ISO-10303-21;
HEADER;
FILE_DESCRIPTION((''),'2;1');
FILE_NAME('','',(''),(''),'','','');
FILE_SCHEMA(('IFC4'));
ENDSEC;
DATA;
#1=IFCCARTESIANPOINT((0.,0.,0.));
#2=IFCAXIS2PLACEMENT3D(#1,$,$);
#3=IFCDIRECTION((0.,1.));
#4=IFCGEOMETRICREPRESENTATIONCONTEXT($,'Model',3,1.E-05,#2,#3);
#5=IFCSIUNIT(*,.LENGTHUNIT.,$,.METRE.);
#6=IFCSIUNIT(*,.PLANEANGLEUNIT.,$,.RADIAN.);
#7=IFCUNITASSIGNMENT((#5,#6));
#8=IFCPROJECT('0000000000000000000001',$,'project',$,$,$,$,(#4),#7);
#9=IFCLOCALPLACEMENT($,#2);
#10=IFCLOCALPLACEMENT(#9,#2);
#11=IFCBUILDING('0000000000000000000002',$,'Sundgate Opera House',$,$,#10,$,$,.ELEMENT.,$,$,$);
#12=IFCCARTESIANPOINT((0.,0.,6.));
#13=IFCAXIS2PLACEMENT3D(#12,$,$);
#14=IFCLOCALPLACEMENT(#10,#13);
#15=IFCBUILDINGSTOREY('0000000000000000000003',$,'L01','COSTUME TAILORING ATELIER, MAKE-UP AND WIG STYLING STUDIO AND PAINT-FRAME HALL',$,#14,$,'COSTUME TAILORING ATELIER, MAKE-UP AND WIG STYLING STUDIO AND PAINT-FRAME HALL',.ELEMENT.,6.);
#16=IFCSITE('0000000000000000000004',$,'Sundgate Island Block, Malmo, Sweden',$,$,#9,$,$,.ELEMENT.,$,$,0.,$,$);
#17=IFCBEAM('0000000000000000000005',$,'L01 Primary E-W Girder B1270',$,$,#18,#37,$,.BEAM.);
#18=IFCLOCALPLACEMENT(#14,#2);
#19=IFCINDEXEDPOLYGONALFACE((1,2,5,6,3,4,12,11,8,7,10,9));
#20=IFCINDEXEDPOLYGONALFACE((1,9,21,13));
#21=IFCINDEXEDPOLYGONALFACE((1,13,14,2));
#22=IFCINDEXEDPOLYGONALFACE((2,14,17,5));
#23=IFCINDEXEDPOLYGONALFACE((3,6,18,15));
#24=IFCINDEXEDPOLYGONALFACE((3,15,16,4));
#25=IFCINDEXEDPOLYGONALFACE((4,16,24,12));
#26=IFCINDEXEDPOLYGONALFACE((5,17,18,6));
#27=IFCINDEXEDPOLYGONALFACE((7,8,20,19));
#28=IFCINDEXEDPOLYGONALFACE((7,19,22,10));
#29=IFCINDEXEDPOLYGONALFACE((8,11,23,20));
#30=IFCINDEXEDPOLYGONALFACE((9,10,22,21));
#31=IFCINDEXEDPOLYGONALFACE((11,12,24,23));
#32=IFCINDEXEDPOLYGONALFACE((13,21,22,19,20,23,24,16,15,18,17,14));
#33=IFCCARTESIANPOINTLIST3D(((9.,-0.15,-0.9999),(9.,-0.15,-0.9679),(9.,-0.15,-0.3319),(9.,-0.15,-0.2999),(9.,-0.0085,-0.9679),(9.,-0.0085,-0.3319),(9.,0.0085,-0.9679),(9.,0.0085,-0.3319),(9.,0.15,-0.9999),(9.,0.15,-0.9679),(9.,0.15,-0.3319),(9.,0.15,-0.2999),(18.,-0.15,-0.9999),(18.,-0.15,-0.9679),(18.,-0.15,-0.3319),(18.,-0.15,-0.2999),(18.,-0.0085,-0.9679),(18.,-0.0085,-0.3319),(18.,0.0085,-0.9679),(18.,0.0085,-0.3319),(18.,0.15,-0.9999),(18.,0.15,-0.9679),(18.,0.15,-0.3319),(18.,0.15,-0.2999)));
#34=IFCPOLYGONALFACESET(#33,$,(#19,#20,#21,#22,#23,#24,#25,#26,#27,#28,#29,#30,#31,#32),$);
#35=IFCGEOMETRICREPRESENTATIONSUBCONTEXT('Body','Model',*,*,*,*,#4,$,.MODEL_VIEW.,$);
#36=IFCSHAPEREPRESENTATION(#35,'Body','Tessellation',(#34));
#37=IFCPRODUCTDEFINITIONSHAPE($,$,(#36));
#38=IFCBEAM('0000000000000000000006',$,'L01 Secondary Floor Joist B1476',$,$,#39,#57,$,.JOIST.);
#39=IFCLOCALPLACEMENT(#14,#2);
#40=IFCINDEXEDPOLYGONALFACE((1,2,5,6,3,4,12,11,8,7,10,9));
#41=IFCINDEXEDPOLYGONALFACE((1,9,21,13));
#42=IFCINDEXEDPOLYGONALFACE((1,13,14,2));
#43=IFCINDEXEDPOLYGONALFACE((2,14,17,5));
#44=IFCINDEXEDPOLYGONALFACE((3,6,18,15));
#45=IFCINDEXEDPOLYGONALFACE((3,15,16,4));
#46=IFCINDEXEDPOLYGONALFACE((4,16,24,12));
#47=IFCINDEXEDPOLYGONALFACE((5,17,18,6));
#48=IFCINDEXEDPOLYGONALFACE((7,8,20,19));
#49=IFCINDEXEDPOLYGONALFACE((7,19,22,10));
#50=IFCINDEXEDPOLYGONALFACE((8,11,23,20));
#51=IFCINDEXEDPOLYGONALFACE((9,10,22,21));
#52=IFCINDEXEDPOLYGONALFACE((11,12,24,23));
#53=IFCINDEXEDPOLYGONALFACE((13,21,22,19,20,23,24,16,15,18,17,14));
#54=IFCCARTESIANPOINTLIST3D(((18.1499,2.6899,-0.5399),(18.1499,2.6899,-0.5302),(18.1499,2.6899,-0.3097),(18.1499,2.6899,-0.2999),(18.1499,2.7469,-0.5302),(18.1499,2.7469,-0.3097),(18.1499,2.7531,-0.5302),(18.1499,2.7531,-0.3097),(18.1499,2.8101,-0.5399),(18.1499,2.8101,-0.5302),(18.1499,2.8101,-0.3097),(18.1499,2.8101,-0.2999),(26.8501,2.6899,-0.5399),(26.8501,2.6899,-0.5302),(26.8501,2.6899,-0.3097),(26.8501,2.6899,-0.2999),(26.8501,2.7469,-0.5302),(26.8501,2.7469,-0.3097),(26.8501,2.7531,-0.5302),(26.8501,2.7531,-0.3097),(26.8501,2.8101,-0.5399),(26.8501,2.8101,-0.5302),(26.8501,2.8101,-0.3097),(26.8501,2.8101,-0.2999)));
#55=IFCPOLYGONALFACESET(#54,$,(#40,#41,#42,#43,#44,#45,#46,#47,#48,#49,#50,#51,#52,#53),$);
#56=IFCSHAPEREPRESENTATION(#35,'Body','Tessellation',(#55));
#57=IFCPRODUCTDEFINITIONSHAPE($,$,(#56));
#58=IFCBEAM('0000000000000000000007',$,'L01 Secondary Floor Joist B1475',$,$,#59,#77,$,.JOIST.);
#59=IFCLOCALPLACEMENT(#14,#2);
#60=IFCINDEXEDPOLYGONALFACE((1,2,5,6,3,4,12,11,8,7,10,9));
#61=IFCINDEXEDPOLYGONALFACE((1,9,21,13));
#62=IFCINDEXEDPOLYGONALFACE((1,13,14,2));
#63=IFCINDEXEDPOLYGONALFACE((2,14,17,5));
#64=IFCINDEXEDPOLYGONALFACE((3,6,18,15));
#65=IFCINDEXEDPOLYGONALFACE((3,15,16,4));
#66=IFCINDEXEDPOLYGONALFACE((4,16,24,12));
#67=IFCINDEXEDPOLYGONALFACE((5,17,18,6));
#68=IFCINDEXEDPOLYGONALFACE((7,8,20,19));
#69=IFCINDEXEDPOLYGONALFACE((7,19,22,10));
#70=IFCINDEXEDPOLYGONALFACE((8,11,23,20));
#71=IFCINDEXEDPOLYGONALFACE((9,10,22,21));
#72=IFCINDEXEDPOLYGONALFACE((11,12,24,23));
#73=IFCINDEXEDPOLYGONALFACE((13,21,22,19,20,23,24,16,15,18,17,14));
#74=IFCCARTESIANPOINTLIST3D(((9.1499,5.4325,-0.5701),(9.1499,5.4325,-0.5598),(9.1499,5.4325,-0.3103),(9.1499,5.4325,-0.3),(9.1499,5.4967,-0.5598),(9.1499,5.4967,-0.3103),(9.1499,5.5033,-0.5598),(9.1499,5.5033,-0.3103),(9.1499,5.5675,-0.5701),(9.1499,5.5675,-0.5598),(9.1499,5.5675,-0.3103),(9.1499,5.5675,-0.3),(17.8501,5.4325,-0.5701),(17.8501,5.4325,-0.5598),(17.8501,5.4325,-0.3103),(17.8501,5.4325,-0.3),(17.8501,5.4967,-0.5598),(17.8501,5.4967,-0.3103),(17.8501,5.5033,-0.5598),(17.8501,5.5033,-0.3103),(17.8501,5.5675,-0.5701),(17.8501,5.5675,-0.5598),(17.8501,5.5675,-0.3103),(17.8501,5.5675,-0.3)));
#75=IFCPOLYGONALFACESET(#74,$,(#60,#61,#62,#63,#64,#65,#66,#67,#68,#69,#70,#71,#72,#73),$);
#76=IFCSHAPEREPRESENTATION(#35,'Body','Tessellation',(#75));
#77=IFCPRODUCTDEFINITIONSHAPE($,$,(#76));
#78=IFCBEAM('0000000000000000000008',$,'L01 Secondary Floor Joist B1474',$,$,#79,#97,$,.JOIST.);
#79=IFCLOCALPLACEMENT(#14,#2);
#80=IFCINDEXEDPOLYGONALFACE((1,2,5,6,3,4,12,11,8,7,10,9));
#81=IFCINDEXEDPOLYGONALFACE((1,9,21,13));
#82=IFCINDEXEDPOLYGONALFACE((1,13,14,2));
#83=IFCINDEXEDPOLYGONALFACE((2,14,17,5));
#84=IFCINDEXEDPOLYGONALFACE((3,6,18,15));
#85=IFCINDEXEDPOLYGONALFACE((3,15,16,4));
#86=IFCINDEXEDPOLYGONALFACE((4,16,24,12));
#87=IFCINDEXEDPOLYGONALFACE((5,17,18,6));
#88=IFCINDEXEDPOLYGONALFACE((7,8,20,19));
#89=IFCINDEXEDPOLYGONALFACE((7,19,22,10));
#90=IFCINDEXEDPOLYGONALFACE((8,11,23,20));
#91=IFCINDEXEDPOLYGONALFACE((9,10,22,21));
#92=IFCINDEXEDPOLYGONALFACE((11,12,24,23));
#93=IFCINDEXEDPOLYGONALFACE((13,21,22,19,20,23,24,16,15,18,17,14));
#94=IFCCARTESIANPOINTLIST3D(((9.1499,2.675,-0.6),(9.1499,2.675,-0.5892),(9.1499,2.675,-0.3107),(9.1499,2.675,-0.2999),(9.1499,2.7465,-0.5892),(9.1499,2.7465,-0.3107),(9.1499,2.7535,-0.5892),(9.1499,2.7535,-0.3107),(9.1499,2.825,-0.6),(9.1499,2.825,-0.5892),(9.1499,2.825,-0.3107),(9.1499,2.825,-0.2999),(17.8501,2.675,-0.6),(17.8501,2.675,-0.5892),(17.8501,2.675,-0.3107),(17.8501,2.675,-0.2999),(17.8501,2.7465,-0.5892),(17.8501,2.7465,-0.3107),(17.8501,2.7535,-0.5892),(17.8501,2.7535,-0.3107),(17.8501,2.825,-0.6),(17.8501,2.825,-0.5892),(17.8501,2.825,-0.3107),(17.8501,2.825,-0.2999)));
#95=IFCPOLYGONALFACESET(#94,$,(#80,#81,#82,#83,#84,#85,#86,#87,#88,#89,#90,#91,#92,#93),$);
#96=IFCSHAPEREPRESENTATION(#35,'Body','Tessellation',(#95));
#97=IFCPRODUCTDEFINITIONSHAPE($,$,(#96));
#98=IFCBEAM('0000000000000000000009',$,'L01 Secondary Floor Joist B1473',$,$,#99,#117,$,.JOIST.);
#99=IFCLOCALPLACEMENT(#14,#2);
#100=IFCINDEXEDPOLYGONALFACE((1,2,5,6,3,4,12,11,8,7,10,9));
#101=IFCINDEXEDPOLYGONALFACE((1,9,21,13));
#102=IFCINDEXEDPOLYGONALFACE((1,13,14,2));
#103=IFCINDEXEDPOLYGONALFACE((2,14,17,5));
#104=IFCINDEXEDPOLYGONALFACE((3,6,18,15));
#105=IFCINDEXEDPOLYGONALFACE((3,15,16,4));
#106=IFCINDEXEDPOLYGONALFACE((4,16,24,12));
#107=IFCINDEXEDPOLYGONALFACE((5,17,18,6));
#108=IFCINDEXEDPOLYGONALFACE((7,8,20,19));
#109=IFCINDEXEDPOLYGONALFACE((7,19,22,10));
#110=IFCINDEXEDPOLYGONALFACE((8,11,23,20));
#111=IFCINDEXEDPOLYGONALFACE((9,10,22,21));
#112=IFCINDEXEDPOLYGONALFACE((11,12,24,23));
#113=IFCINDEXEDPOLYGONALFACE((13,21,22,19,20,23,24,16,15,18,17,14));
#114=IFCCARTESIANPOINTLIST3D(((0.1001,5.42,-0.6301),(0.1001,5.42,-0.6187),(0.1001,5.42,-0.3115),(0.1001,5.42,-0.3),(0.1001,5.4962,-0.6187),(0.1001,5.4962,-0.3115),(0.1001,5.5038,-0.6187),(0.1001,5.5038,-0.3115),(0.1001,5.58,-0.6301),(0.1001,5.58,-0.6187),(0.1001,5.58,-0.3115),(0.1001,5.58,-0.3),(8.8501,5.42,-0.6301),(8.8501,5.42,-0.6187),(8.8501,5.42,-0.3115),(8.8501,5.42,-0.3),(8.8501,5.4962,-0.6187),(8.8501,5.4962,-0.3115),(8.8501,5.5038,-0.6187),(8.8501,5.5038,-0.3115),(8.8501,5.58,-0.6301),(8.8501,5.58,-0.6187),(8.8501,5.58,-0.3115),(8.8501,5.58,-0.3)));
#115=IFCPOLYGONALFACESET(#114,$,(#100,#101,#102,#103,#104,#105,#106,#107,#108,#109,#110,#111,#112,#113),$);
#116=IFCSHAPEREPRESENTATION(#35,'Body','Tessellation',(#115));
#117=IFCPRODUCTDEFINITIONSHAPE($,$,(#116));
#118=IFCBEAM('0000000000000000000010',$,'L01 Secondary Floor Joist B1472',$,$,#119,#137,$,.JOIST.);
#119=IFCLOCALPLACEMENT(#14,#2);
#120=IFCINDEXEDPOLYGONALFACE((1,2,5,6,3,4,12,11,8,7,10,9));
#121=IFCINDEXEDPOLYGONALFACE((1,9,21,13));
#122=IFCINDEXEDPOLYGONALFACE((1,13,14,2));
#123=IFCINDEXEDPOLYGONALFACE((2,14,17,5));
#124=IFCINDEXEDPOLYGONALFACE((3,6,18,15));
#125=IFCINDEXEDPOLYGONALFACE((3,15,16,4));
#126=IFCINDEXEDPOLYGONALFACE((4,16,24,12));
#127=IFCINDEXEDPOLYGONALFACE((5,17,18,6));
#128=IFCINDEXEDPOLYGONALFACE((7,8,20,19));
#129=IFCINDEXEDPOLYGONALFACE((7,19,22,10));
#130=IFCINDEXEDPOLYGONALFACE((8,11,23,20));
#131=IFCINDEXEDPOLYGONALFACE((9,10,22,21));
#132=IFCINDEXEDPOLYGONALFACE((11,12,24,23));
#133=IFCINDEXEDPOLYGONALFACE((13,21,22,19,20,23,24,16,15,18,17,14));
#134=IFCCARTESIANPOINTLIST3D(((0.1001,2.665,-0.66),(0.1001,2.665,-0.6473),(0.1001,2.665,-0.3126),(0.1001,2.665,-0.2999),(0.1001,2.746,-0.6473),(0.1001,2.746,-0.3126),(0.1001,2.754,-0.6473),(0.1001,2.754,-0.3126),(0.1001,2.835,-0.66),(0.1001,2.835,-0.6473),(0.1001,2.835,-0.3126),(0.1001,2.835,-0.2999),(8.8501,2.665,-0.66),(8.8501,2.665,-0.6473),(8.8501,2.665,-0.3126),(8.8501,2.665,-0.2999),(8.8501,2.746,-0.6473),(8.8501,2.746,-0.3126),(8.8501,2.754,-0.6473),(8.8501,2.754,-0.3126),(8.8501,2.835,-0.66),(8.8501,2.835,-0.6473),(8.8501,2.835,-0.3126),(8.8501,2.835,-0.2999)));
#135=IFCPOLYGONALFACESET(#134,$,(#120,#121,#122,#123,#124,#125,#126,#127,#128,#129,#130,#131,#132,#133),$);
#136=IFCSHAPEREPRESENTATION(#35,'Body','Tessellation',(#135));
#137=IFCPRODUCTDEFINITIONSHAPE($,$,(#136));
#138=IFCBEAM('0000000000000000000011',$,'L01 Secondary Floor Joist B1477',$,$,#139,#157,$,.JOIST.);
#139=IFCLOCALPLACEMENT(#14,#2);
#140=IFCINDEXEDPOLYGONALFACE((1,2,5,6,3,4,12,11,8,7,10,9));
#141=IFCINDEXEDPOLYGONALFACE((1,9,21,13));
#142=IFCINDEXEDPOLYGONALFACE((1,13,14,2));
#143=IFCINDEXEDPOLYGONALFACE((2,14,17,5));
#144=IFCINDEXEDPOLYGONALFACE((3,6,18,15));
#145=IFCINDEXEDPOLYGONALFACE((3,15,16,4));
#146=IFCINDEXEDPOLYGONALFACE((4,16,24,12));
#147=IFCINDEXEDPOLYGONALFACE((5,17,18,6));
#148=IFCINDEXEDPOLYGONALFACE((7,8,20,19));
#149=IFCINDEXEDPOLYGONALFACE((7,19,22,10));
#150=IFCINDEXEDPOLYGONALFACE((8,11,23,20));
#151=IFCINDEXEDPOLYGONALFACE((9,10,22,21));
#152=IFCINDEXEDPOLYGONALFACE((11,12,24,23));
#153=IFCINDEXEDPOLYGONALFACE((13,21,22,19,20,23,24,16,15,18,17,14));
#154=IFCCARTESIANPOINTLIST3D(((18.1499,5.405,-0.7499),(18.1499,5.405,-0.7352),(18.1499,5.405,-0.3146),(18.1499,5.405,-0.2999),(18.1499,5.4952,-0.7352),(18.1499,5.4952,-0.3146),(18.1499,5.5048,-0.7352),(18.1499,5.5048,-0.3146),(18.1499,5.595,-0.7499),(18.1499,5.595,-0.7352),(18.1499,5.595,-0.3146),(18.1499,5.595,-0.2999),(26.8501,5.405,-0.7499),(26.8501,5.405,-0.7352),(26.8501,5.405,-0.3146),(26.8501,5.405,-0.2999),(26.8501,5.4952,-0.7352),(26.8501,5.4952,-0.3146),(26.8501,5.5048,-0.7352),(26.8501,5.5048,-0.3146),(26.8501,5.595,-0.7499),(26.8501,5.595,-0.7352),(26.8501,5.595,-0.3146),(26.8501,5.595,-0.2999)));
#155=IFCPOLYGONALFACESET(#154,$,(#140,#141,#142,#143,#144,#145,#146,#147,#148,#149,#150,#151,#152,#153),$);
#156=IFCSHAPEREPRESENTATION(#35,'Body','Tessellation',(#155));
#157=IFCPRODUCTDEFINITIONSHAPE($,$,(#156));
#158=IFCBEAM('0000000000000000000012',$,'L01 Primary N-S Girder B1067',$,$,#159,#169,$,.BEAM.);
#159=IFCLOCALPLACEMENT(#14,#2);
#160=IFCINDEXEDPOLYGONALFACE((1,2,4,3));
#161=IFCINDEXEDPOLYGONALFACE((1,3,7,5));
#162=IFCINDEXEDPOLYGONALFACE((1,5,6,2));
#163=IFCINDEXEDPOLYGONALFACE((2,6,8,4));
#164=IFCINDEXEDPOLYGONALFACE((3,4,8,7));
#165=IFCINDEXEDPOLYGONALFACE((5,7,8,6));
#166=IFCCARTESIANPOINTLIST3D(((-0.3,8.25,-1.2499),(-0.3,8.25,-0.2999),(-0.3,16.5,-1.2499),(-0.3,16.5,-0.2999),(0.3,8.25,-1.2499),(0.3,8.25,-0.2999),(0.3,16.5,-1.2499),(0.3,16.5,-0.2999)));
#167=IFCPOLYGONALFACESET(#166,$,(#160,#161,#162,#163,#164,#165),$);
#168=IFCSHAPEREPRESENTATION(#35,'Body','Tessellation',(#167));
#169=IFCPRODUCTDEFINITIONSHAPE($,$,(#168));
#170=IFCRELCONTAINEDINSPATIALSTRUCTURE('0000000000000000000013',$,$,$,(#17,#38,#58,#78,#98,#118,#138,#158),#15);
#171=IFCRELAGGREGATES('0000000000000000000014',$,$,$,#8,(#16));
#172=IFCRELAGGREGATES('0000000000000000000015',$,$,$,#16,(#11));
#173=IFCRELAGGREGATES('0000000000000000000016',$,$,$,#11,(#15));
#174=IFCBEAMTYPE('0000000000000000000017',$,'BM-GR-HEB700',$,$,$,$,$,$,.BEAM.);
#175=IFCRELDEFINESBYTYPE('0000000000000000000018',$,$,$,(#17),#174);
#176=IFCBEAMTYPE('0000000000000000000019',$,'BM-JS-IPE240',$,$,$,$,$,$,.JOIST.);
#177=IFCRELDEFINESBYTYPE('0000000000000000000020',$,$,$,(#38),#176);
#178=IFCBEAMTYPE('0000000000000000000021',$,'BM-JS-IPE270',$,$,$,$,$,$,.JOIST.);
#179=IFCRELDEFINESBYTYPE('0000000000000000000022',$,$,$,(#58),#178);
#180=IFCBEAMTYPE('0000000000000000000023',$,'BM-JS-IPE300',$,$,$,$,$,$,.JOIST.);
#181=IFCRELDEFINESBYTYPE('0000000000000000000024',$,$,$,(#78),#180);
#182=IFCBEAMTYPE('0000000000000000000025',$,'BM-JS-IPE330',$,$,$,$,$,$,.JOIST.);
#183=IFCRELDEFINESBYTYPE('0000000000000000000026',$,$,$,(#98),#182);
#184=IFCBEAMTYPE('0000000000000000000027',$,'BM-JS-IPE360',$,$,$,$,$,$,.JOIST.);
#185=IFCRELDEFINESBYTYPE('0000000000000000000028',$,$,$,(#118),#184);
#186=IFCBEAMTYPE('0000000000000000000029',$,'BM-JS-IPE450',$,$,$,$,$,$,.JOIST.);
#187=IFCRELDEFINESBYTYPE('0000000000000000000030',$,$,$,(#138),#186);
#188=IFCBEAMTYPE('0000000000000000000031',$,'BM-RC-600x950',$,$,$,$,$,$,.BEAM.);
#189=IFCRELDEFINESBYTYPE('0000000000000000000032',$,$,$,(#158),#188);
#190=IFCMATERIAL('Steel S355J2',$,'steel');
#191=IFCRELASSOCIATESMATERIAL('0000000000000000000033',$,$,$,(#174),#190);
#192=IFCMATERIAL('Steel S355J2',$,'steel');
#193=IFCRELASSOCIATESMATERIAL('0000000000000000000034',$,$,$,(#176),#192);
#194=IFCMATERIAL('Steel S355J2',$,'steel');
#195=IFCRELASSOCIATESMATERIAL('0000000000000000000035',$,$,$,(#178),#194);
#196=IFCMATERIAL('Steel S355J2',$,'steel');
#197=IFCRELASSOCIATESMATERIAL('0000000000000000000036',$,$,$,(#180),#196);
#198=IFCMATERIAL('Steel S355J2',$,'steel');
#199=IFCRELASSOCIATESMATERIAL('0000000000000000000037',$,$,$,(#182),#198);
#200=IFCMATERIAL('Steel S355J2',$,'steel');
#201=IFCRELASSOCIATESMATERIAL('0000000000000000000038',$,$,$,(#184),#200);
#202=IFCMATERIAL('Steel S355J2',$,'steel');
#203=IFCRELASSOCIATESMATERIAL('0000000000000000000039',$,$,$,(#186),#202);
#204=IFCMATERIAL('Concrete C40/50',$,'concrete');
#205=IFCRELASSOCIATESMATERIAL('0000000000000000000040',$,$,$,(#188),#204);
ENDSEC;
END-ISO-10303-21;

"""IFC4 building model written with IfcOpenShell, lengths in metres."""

from ifc_helpers import new_model, si_unit, direction, frame, origin, origin_2d, place, context, subcontext, project, spatial, rectangle, i_section, extrude, material, material_profile, profile_set, type_object, element, save


model = new_model("IFC4")

# Units and contexts
model_context = context("Model", 3, precision=1e-05, world=origin(), true_north=direction((0.0, 1.0)))
body_context = subcontext(model_context, "Body", "Model", "MODEL_VIEW")
ifc_project = project(units=[si_unit("LENGTHUNIT", "METRE"), si_unit("PLANEANGLEUNIT", "RADIAN")], contexts=[model_context])

# Site, building, storey
site_placement = place(None, origin())
site = spatial("IfcSite", under=ifc_project, at=site_placement, Name="Sundgate Island Block, Malmo, Sweden", CompositionType="ELEMENT", RefElevation=0.0)
building_placement = place(site_placement, origin())
building = spatial("IfcBuilding", under=site, at=building_placement, Name="Sundgate Opera House", CompositionType="ELEMENT")
storey_placement = place(building_placement, frame((0.0, 0.0, 6.0)))
storey = spatial("IfcBuildingStorey", under=building, at=storey_placement, Name="L01", Description="COSTUME TAILORING ATELIER, MAKE-UP AND WIG STYLING STUDIO AND PAINT-FRAME HALL", LongName="COSTUME TAILORING ATELIER, MAKE-UP AND WIG STYLING STUDIO AND PAINT-FRAME HALL", CompositionType="ELEMENT", Elevation=6.0)

# Beams
ifc_material_1 = material(Name="Steel S355J2", Category="steel")
ifc_material_profile_1 = material_profile(ifc_material_1, i_section(OverallWidth=0.3, OverallDepth=0.7, WebThickness=0.0171, FlangeThickness=0.032, at=origin_2d()), Name="HEB 700")
ifc_profile_set_1 = profile_set([ifc_material_profile_1], Name="Steel S355J2")
beam_type_1 = type_object("IfcBeamType", Name="BM-GR-HEB700", PredefinedType="BEAM", material=ifc_profile_set_1)
beam_1_placement = place(storey_placement, frame((9.0, 0.0, -0.6499), z_axis=(1.0, 0.0, 0.0), x_axis=(0.0, 1.0, 0.0)))
element("IfcBeam", 1, at=beam_1_placement, inside=storey, type_object=beam_type_1, Name="L01 Primary E-W Girder B1270", PredefinedType="BEAM", context=body_context, shape_type="SweptSolid", body=[
    extrude(i_section(OverallWidth=0.3, OverallDepth=0.7, WebThickness=0.0171, FlangeThickness=0.032, at=origin_2d()), origin(), (0.0, 0.0, 1.0), 9.0),
])
ifc_material_2 = material(Name="Steel S355J2", Category="steel")
ifc_material_profile_2 = material_profile(ifc_material_2, i_section(OverallWidth=0.1201, OverallDepth=0.24, WebThickness=0.0061, FlangeThickness=0.0098, at=origin_2d()), Name="IPE 240")
ifc_profile_set_2 = profile_set([ifc_material_profile_2], Name="Steel S355J2")
beam_type_2 = type_object("IfcBeamType", Name="BM-JS-IPE240", PredefinedType="JOIST", material=ifc_profile_set_2)
beam_2_placement = place(storey_placement, frame((18.1499, 2.75, -0.4199), z_axis=(1.0, 0.0, 0.0), x_axis=(0.0, 1.0, 0.0)))
element("IfcBeam", 2, at=beam_2_placement, inside=storey, type_object=beam_type_2, Name="L01 Secondary Floor Joist B1476", PredefinedType="JOIST", context=body_context, shape_type="SweptSolid", body=[
    extrude(i_section(OverallWidth=0.1201, OverallDepth=0.24, WebThickness=0.0061, FlangeThickness=0.0098, at=origin_2d()), origin(), (0.0, 0.0, 1.0), 8.7002),
])
ifc_material_3 = material(Name="Steel S355J2", Category="steel")
ifc_material_profile_3 = material_profile(ifc_material_3, i_section(OverallWidth=0.135, OverallDepth=0.27, WebThickness=0.0066, FlangeThickness=0.0103, at=origin_2d()), Name="IPE 270")
ifc_profile_set_3 = profile_set([ifc_material_profile_3], Name="Steel S355J2")
beam_type_3 = type_object("IfcBeamType", Name="BM-JS-IPE270", PredefinedType="JOIST", material=ifc_profile_set_3)
beam_3_placement = place(storey_placement, frame((9.1499, 5.5, -0.4351), z_axis=(1.0, 0.0, 0.0), x_axis=(0.0, 1.0, 0.0)))
element("IfcBeam", 3, at=beam_3_placement, inside=storey, type_object=beam_type_3, Name="L01 Secondary Floor Joist B1475", PredefinedType="JOIST", context=body_context, shape_type="SweptSolid", body=[
    extrude(i_section(OverallWidth=0.135, OverallDepth=0.27, WebThickness=0.0066, FlangeThickness=0.0103, at=origin_2d()), origin(), (0.0, 0.0, 1.0), 8.7002),
])
ifc_material_4 = material(Name="Steel S355J2", Category="steel")
ifc_material_profile_4 = material_profile(ifc_material_4, i_section(OverallWidth=0.1499, OverallDepth=0.3, WebThickness=0.0071, FlangeThickness=0.0107, at=origin_2d()), Name="IPE 300")
ifc_profile_set_4 = profile_set([ifc_material_profile_4], Name="Steel S355J2")
beam_type_4 = type_object("IfcBeamType", Name="BM-JS-IPE300", PredefinedType="JOIST", material=ifc_profile_set_4)
beam_4_placement = place(storey_placement, frame((9.1499, 2.75, -0.45), z_axis=(1.0, 0.0, 0.0), x_axis=(0.0, 1.0, 0.0)))
element("IfcBeam", 4, at=beam_4_placement, inside=storey, type_object=beam_type_4, Name="L01 Secondary Floor Joist B1474", PredefinedType="JOIST", context=body_context, shape_type="SweptSolid", body=[
    extrude(i_section(OverallWidth=0.1499, OverallDepth=0.3, WebThickness=0.0071, FlangeThickness=0.0107, at=origin_2d()), origin(), (0.0, 0.0, 1.0), 8.7002),
])
ifc_material_5 = material(Name="Steel S355J2", Category="steel")
ifc_material_profile_5 = material_profile(ifc_material_5, i_section(OverallWidth=0.1599, OverallDepth=0.3301, WebThickness=0.0076, FlangeThickness=0.0115, at=origin_2d()), Name="IPE 330")
ifc_profile_set_5 = profile_set([ifc_material_profile_5], Name="Steel S355J2")
beam_type_5 = type_object("IfcBeamType", Name="BM-JS-IPE330", PredefinedType="JOIST", material=ifc_profile_set_5)
beam_5_placement = place(storey_placement, frame((0.1001, 5.5, -0.4651), z_axis=(1.0, 0.0, 0.0), x_axis=(0.0, 1.0, 0.0)))
element("IfcBeam", 5, at=beam_5_placement, inside=storey, type_object=beam_type_5, Name="L01 Secondary Floor Joist B1473", PredefinedType="JOIST", context=body_context, shape_type="SweptSolid", body=[
    extrude(i_section(OverallWidth=0.1599, OverallDepth=0.3301, WebThickness=0.0076, FlangeThickness=0.0115, at=origin_2d()), origin(), (0.0, 0.0, 1.0), 8.75),
])
ifc_material_6 = material(Name="Steel S355J2", Category="steel")
ifc_material_profile_6 = material_profile(ifc_material_6, i_section(OverallWidth=0.1699, OverallDepth=0.3601, WebThickness=0.0081, FlangeThickness=0.0127, at=origin_2d()), Name="IPE 360")
ifc_profile_set_6 = profile_set([ifc_material_profile_6], Name="Steel S355J2")
beam_type_6 = type_object("IfcBeamType", Name="BM-JS-IPE360", PredefinedType="JOIST", material=ifc_profile_set_6)
beam_6_placement = place(storey_placement, frame((0.1001, 2.75, -0.48), z_axis=(1.0, 0.0, 0.0), x_axis=(0.0, 1.0, 0.0)))
element("IfcBeam", 6, at=beam_6_placement, inside=storey, type_object=beam_type_6, Name="L01 Secondary Floor Joist B1472", PredefinedType="JOIST", context=body_context, shape_type="SweptSolid", body=[
    extrude(i_section(OverallWidth=0.1699, OverallDepth=0.3601, WebThickness=0.0081, FlangeThickness=0.0127, at=origin_2d()), origin(), (0.0, 0.0, 1.0), 8.75),
])
ifc_material_7 = material(Name="Steel S355J2", Category="steel")
ifc_material_profile_7 = material_profile(ifc_material_7, i_section(OverallWidth=0.1899, OverallDepth=0.45, WebThickness=0.0095, FlangeThickness=0.0146, at=origin_2d()), Name="IPE 450")
ifc_profile_set_7 = profile_set([ifc_material_profile_7], Name="Steel S355J2")
beam_type_7 = type_object("IfcBeamType", Name="BM-JS-IPE450", PredefinedType="JOIST", material=ifc_profile_set_7)
beam_7_placement = place(storey_placement, frame((18.1499, 5.5, -0.5249), z_axis=(1.0, 0.0, 0.0), x_axis=(0.0, 1.0, 0.0)))
element("IfcBeam", 7, at=beam_7_placement, inside=storey, type_object=beam_type_7, Name="L01 Secondary Floor Joist B1477", PredefinedType="JOIST", context=body_context, shape_type="SweptSolid", body=[
    extrude(i_section(OverallWidth=0.1899, OverallDepth=0.45, WebThickness=0.0095, FlangeThickness=0.0146, at=origin_2d()), origin(), (0.0, 0.0, 1.0), 8.7002),
])
ifc_material_8 = material(Name="Concrete C40/50", Category="concrete")
ifc_material_profile_8 = material_profile(ifc_material_8, rectangle(XDim=0.6001, YDim=0.95, at=origin_2d()), Name="RC 600x950")
ifc_profile_set_8 = profile_set([ifc_material_profile_8], Name="Concrete C40/50")
beam_type_8 = type_object("IfcBeamType", Name="BM-RC-600x950", PredefinedType="BEAM", material=ifc_profile_set_8)
beam_8_placement = place(storey_placement, frame((0.0, 8.25, -0.7749), z_axis=(0.0, 1.0, 0.0), x_axis=(-1.0, 0.0, 0.0)))
element("IfcBeam", 8, at=beam_8_placement, inside=storey, type_object=beam_type_8, Name="L01 Primary N-S Girder B1067", PredefinedType="BEAM", context=body_context, shape_type="SweptSolid", body=[
    extrude(rectangle(XDim=0.6001, YDim=0.95, at=origin_2d()), origin(), (0.0, 0.0, 1.0), 8.25),
])

save(model, "model.ifc")
